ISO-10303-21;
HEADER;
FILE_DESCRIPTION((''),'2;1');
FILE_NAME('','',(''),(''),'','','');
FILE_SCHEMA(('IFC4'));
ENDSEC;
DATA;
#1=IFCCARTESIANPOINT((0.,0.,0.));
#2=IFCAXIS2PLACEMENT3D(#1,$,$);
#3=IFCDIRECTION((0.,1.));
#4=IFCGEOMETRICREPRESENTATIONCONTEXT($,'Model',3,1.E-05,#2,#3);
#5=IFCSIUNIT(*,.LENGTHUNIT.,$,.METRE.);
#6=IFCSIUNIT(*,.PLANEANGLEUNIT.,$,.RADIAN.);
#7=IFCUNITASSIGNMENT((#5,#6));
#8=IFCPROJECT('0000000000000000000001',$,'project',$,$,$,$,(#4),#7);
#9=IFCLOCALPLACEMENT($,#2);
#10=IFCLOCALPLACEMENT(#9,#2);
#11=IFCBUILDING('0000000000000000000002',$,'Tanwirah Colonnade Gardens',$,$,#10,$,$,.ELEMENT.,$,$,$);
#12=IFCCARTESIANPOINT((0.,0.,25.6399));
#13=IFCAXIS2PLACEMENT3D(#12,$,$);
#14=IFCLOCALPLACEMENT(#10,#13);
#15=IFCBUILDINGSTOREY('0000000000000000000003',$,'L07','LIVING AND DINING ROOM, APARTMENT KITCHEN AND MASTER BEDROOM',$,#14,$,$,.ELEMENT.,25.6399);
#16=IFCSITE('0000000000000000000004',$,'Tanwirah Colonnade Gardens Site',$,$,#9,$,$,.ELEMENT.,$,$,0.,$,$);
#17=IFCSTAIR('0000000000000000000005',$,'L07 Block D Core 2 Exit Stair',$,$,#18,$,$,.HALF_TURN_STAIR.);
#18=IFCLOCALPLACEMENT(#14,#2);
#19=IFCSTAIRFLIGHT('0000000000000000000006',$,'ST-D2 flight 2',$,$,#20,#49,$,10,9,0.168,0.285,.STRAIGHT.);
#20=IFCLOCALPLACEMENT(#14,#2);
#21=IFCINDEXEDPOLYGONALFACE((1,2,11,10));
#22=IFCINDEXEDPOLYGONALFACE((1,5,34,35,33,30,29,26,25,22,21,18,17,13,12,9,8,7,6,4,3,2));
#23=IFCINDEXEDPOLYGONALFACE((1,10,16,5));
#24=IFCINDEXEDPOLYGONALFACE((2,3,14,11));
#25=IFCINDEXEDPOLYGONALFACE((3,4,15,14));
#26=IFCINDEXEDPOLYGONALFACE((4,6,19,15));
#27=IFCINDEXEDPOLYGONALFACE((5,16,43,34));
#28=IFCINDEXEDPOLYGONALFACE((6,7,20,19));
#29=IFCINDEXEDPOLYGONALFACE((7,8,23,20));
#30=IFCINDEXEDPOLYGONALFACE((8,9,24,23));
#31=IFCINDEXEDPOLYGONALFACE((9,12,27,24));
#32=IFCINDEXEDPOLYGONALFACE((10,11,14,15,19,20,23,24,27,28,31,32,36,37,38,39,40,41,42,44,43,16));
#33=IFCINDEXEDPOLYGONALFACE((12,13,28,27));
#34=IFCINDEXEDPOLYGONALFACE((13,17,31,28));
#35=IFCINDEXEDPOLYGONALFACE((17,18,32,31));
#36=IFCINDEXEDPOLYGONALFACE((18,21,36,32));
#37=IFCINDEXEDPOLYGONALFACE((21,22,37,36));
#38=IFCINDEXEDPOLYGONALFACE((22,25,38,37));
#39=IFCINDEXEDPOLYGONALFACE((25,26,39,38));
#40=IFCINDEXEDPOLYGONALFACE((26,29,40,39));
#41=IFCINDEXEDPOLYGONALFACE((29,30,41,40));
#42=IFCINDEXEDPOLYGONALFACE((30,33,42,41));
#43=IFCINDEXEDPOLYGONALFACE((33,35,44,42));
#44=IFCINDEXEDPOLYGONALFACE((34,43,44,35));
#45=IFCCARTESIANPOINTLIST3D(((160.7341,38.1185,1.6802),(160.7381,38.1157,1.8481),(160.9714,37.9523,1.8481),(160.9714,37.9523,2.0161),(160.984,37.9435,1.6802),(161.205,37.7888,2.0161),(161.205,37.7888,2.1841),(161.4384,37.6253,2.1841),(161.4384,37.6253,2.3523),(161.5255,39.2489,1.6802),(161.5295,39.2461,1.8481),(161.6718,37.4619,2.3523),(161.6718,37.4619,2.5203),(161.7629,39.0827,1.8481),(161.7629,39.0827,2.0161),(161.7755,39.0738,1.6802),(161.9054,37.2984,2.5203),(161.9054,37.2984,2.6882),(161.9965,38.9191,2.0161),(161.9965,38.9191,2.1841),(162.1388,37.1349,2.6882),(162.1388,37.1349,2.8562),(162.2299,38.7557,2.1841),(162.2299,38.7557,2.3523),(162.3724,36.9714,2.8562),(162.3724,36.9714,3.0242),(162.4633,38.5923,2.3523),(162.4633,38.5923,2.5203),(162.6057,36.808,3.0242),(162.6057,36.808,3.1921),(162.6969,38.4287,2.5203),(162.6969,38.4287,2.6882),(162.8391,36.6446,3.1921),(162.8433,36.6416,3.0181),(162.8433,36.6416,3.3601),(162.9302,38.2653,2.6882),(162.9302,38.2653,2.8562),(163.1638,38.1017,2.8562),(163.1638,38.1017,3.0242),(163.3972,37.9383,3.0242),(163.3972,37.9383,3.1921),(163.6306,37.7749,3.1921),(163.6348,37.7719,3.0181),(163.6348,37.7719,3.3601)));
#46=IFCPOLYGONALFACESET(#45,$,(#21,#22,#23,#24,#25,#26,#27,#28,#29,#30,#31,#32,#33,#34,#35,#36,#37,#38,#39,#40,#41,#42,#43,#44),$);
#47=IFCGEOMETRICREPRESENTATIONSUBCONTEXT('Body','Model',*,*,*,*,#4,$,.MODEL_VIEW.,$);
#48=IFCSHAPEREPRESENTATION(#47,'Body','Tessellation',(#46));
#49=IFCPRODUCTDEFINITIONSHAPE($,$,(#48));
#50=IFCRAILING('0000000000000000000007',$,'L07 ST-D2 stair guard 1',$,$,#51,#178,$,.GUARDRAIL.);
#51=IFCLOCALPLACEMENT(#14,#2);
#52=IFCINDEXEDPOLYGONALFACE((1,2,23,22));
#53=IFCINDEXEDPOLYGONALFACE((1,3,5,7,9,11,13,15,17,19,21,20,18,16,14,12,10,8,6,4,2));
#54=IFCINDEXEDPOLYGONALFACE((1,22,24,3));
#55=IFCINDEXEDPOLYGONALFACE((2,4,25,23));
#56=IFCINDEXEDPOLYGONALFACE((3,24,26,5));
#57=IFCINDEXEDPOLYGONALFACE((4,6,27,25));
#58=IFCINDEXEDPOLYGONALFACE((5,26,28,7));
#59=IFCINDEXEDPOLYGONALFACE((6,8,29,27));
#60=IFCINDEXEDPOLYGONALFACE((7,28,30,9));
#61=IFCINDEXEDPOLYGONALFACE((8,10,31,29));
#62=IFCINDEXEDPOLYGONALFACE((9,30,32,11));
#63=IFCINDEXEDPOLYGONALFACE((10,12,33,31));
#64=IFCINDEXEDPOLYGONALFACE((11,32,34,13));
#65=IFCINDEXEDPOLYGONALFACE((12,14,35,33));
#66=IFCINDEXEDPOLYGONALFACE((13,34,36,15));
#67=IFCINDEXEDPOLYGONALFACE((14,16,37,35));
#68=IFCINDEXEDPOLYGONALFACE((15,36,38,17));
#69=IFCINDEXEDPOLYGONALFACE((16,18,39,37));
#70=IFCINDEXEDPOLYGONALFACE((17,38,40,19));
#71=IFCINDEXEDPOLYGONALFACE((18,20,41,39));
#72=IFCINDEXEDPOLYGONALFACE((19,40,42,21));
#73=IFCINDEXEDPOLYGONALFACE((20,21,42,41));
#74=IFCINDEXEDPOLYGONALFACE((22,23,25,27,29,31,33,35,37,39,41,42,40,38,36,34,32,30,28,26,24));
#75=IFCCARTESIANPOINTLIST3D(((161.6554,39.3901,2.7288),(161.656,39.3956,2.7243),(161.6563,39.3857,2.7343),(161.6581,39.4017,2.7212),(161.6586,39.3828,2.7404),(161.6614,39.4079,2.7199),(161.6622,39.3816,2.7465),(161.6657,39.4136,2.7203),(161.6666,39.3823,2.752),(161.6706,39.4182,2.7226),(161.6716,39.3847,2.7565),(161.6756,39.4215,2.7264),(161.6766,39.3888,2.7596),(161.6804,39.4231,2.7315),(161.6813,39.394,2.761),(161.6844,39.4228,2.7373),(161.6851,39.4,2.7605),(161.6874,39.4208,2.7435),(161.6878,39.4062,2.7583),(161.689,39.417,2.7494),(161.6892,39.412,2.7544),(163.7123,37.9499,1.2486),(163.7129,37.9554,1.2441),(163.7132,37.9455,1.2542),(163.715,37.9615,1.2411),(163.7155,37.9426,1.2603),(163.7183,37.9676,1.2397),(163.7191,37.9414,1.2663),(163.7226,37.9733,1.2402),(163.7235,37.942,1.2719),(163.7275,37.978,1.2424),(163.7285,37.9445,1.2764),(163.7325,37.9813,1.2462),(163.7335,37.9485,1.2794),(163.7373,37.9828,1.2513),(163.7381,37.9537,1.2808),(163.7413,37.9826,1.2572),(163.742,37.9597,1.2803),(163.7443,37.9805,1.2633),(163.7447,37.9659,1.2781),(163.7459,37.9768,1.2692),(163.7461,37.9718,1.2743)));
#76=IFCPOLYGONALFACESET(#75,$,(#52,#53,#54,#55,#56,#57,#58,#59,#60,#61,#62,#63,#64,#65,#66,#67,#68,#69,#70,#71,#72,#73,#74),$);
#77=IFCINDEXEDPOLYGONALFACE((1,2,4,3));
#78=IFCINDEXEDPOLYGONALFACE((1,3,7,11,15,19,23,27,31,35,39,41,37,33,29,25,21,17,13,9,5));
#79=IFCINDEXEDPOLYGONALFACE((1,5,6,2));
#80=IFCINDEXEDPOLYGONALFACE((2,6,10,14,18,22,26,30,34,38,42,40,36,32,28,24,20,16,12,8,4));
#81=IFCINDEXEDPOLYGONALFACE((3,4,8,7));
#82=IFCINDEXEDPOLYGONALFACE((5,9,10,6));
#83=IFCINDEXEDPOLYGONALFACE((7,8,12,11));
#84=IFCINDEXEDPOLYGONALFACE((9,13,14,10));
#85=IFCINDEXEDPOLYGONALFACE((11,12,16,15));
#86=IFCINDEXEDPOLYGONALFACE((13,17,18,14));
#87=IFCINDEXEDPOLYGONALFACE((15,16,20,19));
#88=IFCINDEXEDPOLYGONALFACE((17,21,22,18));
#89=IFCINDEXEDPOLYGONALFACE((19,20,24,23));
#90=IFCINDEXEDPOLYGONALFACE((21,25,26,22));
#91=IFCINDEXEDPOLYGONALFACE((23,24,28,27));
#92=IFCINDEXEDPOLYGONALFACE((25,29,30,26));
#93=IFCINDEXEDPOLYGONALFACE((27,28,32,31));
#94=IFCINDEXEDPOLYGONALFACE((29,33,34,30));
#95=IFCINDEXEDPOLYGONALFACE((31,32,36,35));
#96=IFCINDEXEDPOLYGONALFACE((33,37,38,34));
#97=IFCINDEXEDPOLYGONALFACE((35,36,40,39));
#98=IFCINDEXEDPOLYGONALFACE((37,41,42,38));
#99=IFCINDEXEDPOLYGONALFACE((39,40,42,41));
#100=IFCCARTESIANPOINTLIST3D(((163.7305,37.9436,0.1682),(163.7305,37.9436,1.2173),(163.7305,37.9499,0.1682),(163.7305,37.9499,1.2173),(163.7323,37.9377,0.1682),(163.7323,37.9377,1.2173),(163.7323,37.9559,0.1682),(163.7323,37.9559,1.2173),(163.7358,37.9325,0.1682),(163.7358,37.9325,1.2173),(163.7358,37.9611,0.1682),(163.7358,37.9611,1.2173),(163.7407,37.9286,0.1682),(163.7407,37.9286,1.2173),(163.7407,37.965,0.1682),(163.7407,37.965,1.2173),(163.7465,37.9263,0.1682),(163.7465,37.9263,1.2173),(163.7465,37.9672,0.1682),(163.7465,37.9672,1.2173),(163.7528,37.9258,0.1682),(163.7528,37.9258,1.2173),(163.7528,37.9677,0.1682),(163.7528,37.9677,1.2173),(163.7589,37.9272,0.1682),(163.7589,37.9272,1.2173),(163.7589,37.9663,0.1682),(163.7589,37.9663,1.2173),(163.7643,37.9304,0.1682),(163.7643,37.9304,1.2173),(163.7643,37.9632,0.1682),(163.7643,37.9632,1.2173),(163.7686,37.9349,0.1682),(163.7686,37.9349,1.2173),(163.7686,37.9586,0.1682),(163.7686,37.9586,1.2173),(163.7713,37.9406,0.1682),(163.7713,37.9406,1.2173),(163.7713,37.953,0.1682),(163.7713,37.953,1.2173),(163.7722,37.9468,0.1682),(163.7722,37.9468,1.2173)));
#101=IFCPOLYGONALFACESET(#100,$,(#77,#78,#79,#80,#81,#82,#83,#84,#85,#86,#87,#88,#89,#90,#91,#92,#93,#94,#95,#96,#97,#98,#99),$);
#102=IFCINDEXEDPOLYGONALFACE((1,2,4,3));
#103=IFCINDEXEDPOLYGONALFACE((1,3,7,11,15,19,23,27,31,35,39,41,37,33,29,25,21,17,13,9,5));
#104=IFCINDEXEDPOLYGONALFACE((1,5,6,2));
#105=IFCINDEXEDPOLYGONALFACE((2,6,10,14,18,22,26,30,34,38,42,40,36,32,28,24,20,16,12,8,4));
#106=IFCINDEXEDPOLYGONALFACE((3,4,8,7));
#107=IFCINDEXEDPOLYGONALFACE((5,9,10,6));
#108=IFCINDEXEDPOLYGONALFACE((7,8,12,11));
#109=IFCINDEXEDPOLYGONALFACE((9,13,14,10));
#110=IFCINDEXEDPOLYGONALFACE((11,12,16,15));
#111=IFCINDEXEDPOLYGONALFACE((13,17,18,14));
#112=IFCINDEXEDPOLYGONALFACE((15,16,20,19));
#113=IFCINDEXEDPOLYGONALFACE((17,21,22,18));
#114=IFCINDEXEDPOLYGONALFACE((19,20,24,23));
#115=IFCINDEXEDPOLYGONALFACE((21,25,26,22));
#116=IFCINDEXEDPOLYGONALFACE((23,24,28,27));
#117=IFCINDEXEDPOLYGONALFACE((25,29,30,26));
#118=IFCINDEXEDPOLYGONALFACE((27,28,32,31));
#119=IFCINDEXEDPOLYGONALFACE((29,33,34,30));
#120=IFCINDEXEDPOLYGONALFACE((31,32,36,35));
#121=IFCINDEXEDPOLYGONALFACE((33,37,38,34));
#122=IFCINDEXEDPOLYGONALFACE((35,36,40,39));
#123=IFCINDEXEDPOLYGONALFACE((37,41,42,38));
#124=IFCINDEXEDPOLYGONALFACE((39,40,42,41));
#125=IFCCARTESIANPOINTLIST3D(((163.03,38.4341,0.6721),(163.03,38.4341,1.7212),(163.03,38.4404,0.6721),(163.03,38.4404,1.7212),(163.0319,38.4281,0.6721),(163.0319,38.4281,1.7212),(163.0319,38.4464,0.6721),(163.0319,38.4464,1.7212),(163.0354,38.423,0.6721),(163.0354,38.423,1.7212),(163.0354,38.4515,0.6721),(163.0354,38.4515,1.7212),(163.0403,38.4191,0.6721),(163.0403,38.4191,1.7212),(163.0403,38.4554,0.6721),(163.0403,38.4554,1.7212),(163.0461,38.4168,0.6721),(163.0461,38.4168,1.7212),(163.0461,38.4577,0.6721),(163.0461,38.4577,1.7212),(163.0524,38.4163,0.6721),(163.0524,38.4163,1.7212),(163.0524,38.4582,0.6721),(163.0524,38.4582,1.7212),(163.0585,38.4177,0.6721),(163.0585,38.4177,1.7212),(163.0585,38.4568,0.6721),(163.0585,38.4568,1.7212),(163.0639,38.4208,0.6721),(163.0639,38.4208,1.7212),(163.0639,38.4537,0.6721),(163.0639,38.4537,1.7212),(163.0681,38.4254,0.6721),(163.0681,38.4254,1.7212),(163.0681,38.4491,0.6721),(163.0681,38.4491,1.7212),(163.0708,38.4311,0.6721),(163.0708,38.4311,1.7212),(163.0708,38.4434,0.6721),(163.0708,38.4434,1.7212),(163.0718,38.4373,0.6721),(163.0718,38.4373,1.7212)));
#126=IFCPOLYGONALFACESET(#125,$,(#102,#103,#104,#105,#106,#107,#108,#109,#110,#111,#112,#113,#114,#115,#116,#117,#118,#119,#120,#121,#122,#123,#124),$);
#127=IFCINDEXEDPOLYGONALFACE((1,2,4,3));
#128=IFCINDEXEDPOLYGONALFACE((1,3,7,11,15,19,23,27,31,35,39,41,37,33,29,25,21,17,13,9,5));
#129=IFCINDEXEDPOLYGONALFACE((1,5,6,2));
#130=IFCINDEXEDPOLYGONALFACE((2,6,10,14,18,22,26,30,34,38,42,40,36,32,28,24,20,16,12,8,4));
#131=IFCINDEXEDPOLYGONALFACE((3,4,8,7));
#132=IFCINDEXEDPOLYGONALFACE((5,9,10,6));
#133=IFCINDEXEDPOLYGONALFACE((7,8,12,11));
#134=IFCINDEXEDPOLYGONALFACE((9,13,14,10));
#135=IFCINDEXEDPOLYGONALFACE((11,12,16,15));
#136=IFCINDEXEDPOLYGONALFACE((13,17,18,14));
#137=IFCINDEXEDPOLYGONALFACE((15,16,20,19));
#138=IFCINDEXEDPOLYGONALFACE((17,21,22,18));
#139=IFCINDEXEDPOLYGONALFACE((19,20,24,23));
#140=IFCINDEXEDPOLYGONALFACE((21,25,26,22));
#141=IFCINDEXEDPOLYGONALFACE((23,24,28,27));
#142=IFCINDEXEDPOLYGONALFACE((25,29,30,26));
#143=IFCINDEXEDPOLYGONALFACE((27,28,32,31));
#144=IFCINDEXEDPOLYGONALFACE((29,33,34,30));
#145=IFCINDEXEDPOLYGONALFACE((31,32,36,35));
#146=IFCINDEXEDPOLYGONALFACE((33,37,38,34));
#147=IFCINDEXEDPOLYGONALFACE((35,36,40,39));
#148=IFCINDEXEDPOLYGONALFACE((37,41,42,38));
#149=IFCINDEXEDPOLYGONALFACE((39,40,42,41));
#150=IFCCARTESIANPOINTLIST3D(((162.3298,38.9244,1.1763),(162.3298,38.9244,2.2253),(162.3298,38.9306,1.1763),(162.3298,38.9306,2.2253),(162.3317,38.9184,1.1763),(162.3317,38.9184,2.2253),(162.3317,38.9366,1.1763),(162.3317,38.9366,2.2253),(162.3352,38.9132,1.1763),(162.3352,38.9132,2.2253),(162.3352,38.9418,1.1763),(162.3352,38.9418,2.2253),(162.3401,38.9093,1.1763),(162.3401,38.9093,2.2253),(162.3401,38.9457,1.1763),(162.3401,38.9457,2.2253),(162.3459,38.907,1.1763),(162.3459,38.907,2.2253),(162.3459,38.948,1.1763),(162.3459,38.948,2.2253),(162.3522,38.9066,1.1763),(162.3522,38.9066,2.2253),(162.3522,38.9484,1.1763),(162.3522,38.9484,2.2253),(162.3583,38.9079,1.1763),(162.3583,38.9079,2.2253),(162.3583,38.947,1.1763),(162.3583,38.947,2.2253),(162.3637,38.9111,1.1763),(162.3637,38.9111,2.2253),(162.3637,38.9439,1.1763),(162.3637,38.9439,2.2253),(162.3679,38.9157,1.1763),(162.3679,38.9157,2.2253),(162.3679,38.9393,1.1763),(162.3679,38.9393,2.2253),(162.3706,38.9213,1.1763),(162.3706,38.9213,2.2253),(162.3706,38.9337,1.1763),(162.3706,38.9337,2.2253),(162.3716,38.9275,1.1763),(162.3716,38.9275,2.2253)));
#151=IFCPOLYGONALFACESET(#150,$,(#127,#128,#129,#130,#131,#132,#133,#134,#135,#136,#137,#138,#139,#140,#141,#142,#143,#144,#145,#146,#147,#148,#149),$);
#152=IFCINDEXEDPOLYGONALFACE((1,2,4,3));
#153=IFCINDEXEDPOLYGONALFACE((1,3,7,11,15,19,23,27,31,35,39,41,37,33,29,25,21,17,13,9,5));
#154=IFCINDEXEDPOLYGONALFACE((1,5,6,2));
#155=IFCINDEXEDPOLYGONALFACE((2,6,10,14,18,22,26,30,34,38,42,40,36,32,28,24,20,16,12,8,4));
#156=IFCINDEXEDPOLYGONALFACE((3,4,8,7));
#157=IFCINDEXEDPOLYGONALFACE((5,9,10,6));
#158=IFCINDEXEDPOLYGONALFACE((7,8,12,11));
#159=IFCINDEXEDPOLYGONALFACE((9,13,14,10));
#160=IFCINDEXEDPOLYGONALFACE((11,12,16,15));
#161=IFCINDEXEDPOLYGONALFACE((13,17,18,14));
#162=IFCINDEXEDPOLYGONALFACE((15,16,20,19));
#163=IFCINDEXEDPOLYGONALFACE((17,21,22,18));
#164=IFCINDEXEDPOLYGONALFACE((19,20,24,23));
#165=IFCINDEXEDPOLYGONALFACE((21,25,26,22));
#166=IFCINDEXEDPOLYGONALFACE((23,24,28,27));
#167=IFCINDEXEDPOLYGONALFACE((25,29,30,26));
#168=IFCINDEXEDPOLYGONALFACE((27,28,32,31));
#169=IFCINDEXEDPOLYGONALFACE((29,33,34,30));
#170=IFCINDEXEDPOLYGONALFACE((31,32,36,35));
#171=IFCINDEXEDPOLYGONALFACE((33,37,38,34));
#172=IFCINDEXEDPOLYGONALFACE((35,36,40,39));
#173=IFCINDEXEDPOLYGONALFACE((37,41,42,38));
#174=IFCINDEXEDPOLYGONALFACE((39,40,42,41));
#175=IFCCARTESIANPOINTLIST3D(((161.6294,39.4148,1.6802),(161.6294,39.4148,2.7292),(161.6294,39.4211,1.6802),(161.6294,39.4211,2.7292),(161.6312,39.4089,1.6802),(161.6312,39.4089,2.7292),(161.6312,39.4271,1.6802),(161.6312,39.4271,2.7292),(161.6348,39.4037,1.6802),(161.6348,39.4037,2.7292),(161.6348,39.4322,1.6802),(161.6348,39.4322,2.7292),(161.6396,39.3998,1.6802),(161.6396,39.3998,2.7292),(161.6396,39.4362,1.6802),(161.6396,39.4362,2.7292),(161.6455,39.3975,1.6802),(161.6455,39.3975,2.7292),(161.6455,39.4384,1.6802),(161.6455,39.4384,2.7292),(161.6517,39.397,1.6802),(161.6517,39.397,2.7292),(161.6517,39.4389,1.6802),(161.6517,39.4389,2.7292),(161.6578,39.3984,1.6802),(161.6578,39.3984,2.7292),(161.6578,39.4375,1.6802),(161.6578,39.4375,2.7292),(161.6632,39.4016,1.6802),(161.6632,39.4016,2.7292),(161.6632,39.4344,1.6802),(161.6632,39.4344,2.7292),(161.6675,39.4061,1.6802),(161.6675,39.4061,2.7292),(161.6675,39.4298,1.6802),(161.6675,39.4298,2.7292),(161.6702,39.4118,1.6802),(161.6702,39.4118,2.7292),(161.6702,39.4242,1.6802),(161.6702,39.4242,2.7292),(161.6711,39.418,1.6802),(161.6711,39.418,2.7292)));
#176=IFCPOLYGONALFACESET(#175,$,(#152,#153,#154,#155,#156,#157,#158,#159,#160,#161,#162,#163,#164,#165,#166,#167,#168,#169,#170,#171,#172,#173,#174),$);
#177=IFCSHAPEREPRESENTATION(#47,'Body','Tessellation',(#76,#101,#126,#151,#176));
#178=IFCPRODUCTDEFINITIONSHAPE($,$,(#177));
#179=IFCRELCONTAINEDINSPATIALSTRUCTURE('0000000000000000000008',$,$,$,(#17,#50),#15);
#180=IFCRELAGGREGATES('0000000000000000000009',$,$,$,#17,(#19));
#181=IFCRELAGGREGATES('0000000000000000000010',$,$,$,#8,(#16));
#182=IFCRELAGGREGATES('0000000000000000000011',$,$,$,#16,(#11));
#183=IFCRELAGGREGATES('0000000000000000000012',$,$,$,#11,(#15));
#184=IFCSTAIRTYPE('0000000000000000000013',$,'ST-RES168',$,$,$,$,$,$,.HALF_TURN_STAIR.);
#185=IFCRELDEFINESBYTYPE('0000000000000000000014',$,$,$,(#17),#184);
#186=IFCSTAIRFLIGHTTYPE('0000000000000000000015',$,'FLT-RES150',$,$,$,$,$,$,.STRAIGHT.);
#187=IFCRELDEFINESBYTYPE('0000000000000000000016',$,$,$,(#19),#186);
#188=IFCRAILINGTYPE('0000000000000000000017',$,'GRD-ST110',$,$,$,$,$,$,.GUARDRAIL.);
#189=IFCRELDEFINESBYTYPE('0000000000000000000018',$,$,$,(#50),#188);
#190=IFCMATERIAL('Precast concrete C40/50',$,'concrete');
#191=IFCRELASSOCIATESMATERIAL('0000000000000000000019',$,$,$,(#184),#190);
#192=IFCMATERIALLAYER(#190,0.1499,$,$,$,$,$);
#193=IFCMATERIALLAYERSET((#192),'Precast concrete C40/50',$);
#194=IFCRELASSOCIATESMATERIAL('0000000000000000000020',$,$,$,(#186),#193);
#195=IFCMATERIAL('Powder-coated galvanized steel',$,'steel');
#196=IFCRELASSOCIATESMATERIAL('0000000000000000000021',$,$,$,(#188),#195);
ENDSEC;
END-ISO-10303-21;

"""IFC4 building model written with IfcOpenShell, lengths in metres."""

from ifc_helpers import new_model, si_unit, direction, frame, origin, origin_2d, place, context, subcontext, project, spatial, polyline, circle, outline, extrude, material, layer, layer_set, type_object, element, aggregate, save


model = new_model("IFC4")

# Units and contexts
model_context = context("Model", 3, precision=1e-05, world=origin(), true_north=direction((0.0, 1.0)))
body_context = subcontext(model_context, "Body", "Model", "MODEL_VIEW")
ifc_project = project(units=[si_unit("LENGTHUNIT", "METRE"), si_unit("PLANEANGLEUNIT", "RADIAN")], contexts=[model_context])

# Site, building, storey
site_placement = place(None, origin())
site = spatial("IfcSite", under=ifc_project, at=site_placement, Name="Tanwirah Colonnade Gardens Site", CompositionType="ELEMENT", RefElevation=0.0)
building_placement = place(site_placement, origin())
building = spatial("IfcBuilding", under=site, at=building_placement, Name="Tanwirah Colonnade Gardens", CompositionType="ELEMENT")
storey_placement = place(building_placement, frame((0.0, 0.0, 25.6399)))
storey = spatial("IfcBuildingStorey", under=building, at=storey_placement, Name="L07", Description="LIVING AND DINING ROOM, APARTMENT KITCHEN AND MASTER BEDROOM", CompositionType="ELEMENT", Elevation=25.6399)

# Shared definitions
ifc_material_1 = material(Name="Precast concrete C40/50", Category="concrete")

# Stair, stair flight
stair_type = type_object("IfcStairType", Name="ST-RES168", PredefinedType="HALF_TURN_STAIR", material=ifc_material_1)
stair_placement = place(storey_placement, origin())
stair = element("IfcStair", 1, at=stair_placement, inside=storey, type_object=stair_type, Name="L07 Block D Core 2 Exit Stair", PredefinedType="HALF_TURN_STAIR")
ifc_layer_1 = layer(ifc_material_1, 0.1499)
ifc_layer_set_1 = layer_set([ifc_layer_1], Name="Precast concrete C40/50")
stair_flight_type = type_object("IfcStairFlightType", Name="FLT-RES150", PredefinedType="STRAIGHT", material=ifc_layer_set_1)
stair_flight_1_placement = place(storey_placement, frame((161.1338, 38.6809, 1.6802), z_axis=(0.0, 0.0, 1.0), x_axis=(0.819152, -0.573576, 0.0)))
stair_flight_1 = element("IfcStairFlight", 2, at=stair_flight_1_placement, type_object=stair_flight_type, Name="ST-D2 flight 2", NumberOfRisers=10, NumberOfTreads=9, PredefinedType="STRAIGHT", RiserHeight=0.168, TreadLength=0.285, context=body_context, shape_type="SweptSolid", body=[
    extrude(outline(polyline([(-0.0049, 0.0), (0.0, 0.168), (0.2849, 0.168), (0.2849, 0.3359), (0.5701, 0.3359), (0.5701, 0.5039), (0.855, 0.5039), (0.855, 0.6721), (1.1399, 0.6721), (1.1399, 0.8401), (1.425, 0.8401), (1.425, 1.0081), (1.71, 1.0081), (1.71, 1.176), (1.9951, 1.176), (1.9951, 1.344), (2.28, 1.344), (2.28, 1.512), (2.5649, 1.512), (2.5701, 1.6799), (2.5701, 1.3379), (0.3003, 0.0), (-0.0049, 0.0)])), frame((0.0, 0.6899, 0.0), z_axis=(0.0, -1.0, 0.0), x_axis=(1.0, 0.0, 0.0)), (0.0, 0.0, 1.0), 1.3799),
])
aggregate(stair, [stair_flight_1])

# Railing
ifc_material_2 = material(Name="Powder-coated galvanized steel", Category="steel")
railing_type_1 = type_object("IfcRailingType", Name="GRD-ST110", PredefinedType="GUARDRAIL", material=ifc_material_2)
railing_1_placement = place(storey_placement, frame((163.7512, 37.9468, 0.1682)))
element("IfcRailing", 3, at=railing_1_placement, inside=storey, type_object=railing_type_1, Name="L07 ST-D2 stair guard 1", PredefinedType="GUARDRAIL", context=body_context, shape_type="SweptSolid", body=[
    extrude(circle(Radius=0.0239, at=origin_2d()), frame((-0.022, 0.0154, 1.092), z_axis=(-0.705673, 0.494118, 0.507812), x_axis=(-0.573577, -0.819151, 0.0)), (0.0, 0.0, 1.0), 2.9148),
    extrude(circle(Radius=0.021, at=origin_2d()), origin(), (0.0, 0.0, 1.0), 1.0491),
    extrude(circle(Radius=0.021, at=origin_2d()), frame((-0.7004, 0.4905, 0.5039)), (0.0, 0.0, 1.0), 1.0491),
    extrude(circle(Radius=0.021, at=origin_2d()), frame((-1.4006, 0.9807, 1.0081)), (0.0, 0.0, 1.0), 1.0491),
    extrude(circle(Radius=0.021, at=origin_2d()), frame((-2.1011, 1.4712, 1.512)), (0.0, 0.0, 1.0), 1.0491),
])

save(model, "model.ifc")
